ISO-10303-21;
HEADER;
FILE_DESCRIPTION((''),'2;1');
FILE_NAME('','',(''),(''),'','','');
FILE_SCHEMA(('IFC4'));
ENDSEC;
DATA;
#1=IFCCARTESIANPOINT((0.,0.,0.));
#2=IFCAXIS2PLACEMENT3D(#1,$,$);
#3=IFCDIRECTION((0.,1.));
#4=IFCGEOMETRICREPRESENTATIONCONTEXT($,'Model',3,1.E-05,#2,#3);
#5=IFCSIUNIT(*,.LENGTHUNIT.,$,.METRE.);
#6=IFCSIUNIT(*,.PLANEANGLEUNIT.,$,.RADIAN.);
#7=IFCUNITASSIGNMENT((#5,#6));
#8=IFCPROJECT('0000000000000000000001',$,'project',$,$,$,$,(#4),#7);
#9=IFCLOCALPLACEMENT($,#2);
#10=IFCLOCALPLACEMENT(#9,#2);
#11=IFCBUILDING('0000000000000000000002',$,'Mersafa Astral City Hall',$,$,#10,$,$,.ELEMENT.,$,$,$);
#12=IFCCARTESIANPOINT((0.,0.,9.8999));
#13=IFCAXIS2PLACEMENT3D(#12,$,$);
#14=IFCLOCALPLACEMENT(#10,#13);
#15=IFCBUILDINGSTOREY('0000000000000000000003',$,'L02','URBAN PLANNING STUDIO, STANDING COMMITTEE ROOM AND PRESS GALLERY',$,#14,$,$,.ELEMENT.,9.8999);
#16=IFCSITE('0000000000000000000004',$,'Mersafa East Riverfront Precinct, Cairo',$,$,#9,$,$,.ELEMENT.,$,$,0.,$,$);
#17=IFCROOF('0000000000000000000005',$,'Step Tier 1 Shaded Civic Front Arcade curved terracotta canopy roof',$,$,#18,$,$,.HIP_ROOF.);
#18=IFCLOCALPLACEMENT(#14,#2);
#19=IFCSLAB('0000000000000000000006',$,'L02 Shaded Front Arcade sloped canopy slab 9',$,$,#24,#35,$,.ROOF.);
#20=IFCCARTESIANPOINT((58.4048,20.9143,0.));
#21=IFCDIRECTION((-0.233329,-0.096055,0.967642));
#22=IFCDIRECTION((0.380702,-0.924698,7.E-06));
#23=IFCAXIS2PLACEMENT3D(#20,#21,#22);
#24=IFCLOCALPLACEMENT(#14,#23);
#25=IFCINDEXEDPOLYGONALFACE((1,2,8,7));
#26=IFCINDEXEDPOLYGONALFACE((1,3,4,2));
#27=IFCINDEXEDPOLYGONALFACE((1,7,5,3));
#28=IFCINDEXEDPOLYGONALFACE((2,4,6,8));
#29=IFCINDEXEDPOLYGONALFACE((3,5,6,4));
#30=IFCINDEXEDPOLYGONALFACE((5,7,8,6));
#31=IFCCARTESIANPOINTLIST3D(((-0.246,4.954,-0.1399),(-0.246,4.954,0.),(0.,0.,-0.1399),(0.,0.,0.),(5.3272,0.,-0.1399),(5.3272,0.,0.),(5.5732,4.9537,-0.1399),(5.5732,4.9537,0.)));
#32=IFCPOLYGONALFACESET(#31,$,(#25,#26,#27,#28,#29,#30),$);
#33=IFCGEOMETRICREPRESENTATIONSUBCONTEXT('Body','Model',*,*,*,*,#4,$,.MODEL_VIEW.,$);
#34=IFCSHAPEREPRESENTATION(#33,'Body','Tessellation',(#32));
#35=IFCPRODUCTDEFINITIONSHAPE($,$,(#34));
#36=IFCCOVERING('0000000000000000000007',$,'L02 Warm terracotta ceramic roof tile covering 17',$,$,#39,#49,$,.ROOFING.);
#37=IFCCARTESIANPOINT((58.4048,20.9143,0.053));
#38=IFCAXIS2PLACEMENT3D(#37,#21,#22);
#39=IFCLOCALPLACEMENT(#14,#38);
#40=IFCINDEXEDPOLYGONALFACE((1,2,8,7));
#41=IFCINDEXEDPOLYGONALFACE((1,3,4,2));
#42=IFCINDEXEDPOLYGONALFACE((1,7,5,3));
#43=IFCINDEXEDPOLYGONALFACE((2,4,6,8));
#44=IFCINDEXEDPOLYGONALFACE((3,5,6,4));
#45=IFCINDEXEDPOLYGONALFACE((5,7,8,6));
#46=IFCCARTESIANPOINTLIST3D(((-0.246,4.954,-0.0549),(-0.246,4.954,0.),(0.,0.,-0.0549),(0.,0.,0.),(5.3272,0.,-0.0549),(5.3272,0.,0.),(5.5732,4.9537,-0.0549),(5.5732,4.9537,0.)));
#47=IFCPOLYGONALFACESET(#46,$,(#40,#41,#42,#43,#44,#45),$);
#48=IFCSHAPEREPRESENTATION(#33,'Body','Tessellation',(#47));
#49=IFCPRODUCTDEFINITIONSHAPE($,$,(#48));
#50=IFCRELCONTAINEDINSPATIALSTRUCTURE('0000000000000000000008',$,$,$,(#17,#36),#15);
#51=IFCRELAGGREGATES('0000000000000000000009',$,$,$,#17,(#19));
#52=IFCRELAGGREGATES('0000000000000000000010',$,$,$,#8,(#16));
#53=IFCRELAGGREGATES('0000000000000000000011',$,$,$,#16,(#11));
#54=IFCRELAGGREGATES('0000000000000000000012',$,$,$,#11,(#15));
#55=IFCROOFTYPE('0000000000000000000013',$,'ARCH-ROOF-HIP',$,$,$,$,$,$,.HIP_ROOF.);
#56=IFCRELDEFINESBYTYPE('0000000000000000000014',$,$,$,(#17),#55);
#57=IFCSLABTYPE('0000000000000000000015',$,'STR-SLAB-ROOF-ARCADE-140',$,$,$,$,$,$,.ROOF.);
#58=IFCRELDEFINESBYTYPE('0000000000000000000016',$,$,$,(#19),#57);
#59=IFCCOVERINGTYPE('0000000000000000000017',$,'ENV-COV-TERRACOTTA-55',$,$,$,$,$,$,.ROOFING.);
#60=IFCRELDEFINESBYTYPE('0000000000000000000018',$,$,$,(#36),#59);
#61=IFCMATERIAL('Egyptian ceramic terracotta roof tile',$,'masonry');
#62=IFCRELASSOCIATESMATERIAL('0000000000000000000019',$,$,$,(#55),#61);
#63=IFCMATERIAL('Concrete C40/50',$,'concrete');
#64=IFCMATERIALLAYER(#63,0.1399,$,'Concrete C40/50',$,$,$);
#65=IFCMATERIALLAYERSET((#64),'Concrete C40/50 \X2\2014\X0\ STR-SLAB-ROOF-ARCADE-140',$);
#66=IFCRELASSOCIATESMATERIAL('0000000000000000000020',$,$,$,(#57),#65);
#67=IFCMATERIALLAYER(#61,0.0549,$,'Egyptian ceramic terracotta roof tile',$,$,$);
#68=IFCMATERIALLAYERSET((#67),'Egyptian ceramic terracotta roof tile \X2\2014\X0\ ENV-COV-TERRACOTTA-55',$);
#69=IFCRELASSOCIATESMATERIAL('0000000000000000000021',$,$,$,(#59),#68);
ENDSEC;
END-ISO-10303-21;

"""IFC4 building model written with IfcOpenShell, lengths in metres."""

from ifc_helpers import new_model, si_unit, direction, frame, origin, place, context, subcontext, project, spatial, polyline, outline, extrude, material, layer, layer_set, type_object, element, aggregate, save


model = new_model("IFC4")

# Units and contexts
model_context = context("Model", 3, precision=1e-05, world=origin(), true_north=direction((0.0, 1.0)))
body_context = subcontext(model_context, "Body", "Model", "MODEL_VIEW")
ifc_project = project(units=[si_unit("LENGTHUNIT", "METRE"), si_unit("PLANEANGLEUNIT", "RADIAN")], contexts=[model_context])

# Site, building, storey
site_placement = place(None, origin())
site = spatial("IfcSite", under=ifc_project, at=site_placement, Name="Mersafa East Riverfront Precinct, Cairo", CompositionType="ELEMENT", RefElevation=0.0)
building_placement = place(site_placement, origin())
building = spatial("IfcBuilding", under=site, at=building_placement, Name="Mersafa Astral City Hall", CompositionType="ELEMENT")
storey_placement = place(building_placement, frame((0.0, 0.0, 9.8999)))
storey = spatial("IfcBuildingStorey", under=building, at=storey_placement, Name="L02", Description="URBAN PLANNING STUDIO, STANDING COMMITTEE ROOM AND PRESS GALLERY", CompositionType="ELEMENT", Elevation=9.8999)

# Shared definitions
ifc_material_1 = material(Name="Concrete C40/50", Category="concrete")

# Roof, slab
ifc_material_2 = material(Name="Egyptian ceramic terracotta roof tile", Category="masonry")
roof_type = type_object("IfcRoofType", Name="ARCH-ROOF-HIP", PredefinedType="HIP_ROOF", material=ifc_material_2)
roof_placement = place(storey_placement, origin())
roof = element("IfcRoof", 1, at=roof_placement, inside=storey, type_object=roof_type, Name="Step Tier 1 Shaded Civic Front Arcade curved terracotta canopy roof", PredefinedType="HIP_ROOF")
ifc_layer_1 = layer(ifc_material_1, 0.1399, Name="Concrete C40/50")
ifc_layer_set_1 = layer_set([ifc_layer_1], Name="Concrete C40/50 — STR-SLAB-ROOF-ARCADE-140")
slab_type = type_object("IfcSlabType", Name="STR-SLAB-ROOF-ARCADE-140", PredefinedType="ROOF", material=ifc_layer_set_1)
slab_placement = place(storey_placement, frame((58.4048, 20.9143, 0.0), z_axis=(-0.233329, -0.096055, 0.967642), x_axis=(0.380702, -0.924698, 0.000007)))
slab = element("IfcSlab", 2, at=slab_placement, type_object=slab_type, Name="L02 Shaded Front Arcade sloped canopy slab 9", PredefinedType="ROOF", context=body_context, shape_type="SweptSolid", body=[
    extrude(outline(polyline([(0.0, 0.0), (5.3272, 0.0), (5.5732, 4.9537), (-0.246, 4.954), (0.0, 0.0)])), origin(), (0.0, 0.0, -1.0), 0.1399),
])
aggregate(roof, [slab])

# Covering
ifc_layer_2 = layer(ifc_material_2, 0.0549, Name="Egyptian ceramic terracotta roof tile")
ifc_layer_set_2 = layer_set([ifc_layer_2], Name="Egyptian ceramic terracotta roof tile — ENV-COV-TERRACOTTA-55")
covering_type_1 = type_object("IfcCoveringType", Name="ENV-COV-TERRACOTTA-55", PredefinedType="ROOFING", material=ifc_layer_set_2)
covering_1_placement = place(storey_placement, frame((58.4048, 20.9143, 0.053), z_axis=(-0.233329, -0.096055, 0.967642), x_axis=(0.380702, -0.924698, 0.000007)))
element("IfcCovering", 3, at=covering_1_placement, inside=storey, type_object=covering_type_1, Name="L02 Warm terracotta ceramic roof tile covering 17", PredefinedType="ROOFING", context=body_context, shape_type="SweptSolid", body=[
    extrude(outline(polyline([(0.0, 0.0), (5.3272, 0.0), (5.5732, 4.9537), (-0.246, 4.954), (0.0, 0.0)])), origin(), (0.0, 0.0, -1.0), 0.0549),
])

save(model, "model.ifc")
